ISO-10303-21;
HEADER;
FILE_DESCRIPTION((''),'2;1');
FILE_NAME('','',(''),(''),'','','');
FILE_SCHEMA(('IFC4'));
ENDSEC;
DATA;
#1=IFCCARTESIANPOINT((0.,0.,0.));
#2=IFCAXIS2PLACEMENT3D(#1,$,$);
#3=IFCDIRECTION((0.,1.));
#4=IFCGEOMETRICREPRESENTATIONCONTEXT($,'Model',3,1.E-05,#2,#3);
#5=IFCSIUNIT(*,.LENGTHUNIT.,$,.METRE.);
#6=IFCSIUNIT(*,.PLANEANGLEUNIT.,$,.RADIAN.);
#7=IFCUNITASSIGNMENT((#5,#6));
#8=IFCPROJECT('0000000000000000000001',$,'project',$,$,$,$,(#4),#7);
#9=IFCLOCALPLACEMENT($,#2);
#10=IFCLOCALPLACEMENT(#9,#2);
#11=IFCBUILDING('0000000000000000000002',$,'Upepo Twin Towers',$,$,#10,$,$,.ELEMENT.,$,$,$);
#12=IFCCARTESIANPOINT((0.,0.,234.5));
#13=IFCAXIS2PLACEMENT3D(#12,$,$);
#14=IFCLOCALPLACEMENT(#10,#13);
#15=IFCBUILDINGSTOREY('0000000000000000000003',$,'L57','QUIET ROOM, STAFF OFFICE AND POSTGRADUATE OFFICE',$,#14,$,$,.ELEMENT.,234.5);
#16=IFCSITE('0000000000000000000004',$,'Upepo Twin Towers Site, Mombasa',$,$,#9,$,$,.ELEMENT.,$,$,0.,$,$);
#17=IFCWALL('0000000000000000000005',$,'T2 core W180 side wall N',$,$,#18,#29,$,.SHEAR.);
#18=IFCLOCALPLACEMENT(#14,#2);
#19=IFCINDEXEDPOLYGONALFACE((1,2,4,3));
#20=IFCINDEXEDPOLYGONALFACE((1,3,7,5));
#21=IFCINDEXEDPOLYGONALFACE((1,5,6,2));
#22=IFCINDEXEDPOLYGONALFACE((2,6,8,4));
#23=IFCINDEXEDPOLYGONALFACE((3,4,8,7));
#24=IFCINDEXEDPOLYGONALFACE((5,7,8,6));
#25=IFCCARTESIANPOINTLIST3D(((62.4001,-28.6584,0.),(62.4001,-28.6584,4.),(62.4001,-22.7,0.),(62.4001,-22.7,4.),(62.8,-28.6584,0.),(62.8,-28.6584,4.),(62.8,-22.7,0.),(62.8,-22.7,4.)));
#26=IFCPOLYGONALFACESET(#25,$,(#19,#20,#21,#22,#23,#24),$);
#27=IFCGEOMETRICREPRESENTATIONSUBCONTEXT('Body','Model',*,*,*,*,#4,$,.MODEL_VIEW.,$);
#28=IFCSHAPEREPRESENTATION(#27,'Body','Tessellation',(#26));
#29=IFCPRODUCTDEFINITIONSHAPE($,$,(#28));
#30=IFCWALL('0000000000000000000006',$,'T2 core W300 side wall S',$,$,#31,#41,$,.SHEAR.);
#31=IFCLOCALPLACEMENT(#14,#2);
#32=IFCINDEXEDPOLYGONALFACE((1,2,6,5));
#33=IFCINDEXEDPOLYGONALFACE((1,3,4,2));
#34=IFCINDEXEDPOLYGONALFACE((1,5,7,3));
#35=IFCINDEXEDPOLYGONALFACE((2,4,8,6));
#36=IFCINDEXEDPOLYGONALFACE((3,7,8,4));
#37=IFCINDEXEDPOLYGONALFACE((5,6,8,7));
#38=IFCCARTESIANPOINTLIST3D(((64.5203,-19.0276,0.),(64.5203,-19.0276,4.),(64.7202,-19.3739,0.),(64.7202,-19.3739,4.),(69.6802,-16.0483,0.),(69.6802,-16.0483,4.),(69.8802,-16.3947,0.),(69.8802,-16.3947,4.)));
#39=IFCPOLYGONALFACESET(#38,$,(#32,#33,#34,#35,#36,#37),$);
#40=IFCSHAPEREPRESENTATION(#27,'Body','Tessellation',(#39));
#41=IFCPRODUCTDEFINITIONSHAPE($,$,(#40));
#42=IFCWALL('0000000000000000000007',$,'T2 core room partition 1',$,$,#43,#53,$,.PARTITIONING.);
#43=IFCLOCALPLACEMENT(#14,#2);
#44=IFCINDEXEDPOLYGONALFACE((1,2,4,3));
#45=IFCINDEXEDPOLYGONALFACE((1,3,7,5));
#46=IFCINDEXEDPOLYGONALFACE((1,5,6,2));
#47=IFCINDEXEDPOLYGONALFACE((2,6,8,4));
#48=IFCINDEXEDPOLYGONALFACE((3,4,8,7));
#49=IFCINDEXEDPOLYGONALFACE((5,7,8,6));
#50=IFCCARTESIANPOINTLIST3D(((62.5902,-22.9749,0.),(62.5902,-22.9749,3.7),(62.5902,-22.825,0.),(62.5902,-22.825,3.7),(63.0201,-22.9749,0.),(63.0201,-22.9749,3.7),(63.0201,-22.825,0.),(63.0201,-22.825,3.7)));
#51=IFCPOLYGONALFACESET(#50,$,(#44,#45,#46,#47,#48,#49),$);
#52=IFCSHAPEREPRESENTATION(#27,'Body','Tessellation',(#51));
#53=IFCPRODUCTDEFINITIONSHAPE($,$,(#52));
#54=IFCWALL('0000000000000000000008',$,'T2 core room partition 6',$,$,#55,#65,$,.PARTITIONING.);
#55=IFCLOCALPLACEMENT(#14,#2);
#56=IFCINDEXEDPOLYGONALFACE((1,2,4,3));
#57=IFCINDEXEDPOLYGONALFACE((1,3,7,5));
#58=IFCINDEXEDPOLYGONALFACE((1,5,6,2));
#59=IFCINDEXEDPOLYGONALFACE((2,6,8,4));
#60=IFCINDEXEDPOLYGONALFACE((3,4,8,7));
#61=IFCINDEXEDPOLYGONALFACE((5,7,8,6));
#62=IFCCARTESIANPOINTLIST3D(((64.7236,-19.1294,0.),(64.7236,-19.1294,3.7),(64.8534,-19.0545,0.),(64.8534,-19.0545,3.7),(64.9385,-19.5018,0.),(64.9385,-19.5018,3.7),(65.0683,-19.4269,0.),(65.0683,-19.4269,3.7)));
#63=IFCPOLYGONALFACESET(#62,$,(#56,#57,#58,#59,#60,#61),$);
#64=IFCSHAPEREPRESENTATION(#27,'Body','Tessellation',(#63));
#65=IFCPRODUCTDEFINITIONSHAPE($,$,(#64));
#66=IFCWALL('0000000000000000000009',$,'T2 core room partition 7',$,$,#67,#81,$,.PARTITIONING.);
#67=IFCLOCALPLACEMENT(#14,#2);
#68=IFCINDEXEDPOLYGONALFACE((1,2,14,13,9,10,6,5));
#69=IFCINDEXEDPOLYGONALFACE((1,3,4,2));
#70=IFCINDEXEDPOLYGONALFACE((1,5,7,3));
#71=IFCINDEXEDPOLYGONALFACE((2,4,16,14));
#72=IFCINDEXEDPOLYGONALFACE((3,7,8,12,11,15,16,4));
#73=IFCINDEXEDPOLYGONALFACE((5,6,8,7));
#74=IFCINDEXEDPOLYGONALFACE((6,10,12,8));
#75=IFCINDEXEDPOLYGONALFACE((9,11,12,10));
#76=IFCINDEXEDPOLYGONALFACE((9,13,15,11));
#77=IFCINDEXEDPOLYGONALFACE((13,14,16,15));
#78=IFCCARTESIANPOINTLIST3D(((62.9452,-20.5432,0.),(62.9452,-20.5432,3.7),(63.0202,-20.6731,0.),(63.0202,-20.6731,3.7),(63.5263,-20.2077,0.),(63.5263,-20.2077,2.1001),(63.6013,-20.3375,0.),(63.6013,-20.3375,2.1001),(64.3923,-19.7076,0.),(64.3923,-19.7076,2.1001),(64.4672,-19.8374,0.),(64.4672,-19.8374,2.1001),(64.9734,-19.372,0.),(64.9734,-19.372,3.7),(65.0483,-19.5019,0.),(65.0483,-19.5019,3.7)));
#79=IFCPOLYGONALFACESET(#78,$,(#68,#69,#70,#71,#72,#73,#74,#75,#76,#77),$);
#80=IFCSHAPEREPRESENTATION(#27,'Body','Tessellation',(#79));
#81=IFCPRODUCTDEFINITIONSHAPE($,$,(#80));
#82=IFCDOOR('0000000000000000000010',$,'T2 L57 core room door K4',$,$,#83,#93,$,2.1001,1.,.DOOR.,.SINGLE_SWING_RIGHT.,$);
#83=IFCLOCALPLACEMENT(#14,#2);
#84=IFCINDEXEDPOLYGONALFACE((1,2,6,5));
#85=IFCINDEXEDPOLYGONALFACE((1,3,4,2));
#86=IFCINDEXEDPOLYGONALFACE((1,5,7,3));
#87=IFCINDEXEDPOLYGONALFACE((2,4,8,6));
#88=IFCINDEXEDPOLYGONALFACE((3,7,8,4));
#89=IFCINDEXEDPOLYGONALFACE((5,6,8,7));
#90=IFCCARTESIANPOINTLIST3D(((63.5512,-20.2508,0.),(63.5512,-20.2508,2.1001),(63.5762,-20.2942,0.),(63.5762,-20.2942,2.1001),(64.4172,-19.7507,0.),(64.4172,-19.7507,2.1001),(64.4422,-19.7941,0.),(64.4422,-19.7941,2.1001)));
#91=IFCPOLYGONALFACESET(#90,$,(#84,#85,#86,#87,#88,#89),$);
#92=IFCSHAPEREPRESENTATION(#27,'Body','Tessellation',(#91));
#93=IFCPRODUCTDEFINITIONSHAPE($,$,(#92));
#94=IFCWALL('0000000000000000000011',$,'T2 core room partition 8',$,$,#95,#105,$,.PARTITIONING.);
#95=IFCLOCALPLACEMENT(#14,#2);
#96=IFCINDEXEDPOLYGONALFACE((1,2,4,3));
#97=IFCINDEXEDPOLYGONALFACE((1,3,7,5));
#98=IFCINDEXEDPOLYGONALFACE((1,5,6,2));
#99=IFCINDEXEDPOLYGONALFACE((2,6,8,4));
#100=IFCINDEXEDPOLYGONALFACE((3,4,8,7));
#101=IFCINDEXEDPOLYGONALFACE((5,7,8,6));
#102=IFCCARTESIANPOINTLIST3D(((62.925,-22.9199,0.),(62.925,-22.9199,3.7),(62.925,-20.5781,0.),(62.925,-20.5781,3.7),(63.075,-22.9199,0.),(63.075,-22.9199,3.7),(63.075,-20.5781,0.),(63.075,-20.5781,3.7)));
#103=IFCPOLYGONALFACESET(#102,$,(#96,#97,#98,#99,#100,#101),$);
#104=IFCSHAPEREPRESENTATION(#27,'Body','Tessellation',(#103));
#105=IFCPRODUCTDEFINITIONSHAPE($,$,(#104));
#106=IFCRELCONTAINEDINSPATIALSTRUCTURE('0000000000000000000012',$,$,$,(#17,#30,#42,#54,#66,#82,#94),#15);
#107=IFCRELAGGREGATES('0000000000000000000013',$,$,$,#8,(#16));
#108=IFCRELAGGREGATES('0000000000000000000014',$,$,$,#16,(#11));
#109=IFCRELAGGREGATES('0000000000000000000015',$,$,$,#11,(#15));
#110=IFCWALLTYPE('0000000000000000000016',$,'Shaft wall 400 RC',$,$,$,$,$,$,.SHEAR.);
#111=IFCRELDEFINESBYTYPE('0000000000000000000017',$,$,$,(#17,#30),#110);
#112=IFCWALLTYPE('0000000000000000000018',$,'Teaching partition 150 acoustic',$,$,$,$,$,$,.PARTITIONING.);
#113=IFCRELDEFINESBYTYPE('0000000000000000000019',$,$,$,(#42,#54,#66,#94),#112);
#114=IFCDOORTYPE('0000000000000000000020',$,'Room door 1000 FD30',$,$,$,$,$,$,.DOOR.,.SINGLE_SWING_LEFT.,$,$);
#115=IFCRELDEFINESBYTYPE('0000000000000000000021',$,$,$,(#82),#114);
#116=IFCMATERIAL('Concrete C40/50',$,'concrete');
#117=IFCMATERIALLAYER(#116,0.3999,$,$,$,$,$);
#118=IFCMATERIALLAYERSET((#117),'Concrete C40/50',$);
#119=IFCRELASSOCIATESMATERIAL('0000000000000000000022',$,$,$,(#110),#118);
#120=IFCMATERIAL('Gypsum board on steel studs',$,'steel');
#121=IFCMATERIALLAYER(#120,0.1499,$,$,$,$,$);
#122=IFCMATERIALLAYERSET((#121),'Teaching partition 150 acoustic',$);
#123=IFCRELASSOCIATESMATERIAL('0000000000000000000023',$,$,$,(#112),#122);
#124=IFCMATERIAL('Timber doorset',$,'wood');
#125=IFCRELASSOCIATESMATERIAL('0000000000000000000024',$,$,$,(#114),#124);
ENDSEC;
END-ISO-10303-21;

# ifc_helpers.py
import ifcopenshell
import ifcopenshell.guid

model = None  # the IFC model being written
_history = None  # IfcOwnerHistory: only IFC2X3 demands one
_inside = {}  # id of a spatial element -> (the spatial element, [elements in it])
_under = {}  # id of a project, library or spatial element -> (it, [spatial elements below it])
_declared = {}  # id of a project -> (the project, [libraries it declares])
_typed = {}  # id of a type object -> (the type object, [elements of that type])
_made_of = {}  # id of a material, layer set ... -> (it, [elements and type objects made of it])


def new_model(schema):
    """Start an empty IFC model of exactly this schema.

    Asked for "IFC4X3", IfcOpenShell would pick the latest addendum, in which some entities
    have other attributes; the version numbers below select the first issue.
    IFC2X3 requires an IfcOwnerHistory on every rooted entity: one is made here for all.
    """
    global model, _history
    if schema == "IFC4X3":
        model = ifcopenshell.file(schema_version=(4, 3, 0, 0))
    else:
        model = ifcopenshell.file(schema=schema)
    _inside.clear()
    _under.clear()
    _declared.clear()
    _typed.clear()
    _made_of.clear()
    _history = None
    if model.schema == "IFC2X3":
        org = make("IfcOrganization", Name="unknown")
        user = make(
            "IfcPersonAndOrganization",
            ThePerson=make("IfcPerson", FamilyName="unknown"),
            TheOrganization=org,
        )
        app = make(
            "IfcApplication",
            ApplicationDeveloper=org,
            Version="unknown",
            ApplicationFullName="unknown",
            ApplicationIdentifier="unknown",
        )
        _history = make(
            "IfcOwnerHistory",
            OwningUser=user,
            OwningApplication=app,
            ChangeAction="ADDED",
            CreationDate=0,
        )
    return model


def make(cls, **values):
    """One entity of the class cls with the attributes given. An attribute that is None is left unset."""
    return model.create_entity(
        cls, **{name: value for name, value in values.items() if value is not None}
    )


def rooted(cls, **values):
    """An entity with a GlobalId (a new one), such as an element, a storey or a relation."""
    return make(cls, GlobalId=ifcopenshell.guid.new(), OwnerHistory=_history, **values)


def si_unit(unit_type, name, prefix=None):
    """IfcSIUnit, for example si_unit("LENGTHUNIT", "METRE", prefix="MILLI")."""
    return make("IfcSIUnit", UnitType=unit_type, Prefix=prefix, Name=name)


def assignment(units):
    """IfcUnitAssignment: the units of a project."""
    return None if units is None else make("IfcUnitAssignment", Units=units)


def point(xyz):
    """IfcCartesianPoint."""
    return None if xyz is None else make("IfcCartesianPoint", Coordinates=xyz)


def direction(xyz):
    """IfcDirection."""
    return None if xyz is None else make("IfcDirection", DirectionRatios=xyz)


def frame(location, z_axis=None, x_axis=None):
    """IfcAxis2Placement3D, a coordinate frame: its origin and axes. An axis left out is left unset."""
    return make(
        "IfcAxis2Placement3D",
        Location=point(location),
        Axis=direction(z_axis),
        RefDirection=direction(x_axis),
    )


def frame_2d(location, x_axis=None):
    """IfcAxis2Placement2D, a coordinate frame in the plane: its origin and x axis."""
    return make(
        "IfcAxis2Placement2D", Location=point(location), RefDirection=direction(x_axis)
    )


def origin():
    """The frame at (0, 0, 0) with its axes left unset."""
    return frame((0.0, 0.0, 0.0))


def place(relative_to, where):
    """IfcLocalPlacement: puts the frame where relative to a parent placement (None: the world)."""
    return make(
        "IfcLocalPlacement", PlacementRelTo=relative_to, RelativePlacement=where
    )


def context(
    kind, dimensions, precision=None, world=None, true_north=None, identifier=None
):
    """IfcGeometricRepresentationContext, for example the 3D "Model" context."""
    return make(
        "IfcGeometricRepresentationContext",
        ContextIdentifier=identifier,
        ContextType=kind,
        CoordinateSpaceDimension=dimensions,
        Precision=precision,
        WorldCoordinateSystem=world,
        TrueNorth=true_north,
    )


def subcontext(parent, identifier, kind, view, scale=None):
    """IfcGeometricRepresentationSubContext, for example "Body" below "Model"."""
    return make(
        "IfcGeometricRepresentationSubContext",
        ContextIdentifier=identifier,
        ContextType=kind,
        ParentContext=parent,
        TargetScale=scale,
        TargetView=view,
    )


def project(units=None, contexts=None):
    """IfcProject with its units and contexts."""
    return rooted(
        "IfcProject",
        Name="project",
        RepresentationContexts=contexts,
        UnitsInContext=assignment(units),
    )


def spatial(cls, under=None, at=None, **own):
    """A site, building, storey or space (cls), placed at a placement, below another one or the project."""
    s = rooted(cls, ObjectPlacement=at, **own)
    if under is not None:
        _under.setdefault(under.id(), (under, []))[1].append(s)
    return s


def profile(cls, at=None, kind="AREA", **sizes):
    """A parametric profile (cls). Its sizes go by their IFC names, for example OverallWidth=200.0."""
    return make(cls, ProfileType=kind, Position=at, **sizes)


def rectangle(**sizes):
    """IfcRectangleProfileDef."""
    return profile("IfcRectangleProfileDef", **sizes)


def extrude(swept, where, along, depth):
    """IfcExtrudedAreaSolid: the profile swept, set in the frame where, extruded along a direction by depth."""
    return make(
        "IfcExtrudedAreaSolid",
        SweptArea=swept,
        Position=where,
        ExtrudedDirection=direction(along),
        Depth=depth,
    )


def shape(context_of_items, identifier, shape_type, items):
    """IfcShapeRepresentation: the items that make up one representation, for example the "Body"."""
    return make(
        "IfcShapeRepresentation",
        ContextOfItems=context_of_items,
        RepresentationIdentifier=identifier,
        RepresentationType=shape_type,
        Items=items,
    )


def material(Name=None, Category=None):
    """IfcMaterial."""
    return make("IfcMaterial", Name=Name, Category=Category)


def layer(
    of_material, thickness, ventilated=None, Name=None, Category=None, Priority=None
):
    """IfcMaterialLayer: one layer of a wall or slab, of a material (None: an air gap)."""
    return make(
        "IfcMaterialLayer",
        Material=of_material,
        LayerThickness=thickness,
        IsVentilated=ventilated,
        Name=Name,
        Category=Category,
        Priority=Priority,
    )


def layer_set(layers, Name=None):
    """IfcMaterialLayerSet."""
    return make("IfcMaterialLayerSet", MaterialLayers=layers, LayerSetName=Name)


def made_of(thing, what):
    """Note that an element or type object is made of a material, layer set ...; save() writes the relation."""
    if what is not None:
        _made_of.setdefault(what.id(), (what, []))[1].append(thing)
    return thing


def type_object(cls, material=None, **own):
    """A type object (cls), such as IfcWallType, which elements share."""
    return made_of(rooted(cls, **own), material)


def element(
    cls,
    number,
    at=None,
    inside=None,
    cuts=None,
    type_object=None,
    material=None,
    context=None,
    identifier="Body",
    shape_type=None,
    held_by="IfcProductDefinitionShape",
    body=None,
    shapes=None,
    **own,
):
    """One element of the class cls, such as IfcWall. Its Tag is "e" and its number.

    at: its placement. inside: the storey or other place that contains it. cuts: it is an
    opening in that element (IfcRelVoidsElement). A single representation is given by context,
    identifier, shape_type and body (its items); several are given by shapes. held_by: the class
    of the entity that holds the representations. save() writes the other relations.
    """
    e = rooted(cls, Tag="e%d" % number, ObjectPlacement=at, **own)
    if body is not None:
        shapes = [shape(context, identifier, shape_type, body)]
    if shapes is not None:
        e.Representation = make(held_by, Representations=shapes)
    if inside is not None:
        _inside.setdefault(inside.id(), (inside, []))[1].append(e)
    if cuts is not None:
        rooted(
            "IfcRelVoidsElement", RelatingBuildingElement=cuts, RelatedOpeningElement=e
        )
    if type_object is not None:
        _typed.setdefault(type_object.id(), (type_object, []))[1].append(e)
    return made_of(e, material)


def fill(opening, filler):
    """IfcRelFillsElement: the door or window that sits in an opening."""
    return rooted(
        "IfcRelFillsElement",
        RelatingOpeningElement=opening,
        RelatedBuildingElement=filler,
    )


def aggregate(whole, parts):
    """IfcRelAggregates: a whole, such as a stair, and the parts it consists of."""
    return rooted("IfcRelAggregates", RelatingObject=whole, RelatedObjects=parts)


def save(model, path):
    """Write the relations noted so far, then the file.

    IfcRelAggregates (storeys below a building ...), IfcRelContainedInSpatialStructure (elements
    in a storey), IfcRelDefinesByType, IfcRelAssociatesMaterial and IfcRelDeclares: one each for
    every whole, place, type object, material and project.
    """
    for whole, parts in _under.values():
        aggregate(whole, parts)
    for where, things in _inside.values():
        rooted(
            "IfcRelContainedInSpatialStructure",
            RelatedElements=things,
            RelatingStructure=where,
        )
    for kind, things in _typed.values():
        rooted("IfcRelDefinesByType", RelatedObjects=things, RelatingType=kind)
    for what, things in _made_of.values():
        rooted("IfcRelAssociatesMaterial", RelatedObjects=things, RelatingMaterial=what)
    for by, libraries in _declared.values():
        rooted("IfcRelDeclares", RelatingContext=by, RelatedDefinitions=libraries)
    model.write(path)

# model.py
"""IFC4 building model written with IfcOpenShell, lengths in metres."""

from ifc_helpers import new_model, si_unit, direction, frame, frame_2d, origin, place, context, subcontext, project, spatial, rectangle, extrude, material, layer, layer_set, type_object, element, fill, save


model = new_model("IFC4")

# Units and contexts
model_context = context("Model", 3, precision=1e-05, world=origin(), true_north=direction((0.0, 1.0)))
body_context = subcontext(model_context, "Body", "Model", "MODEL_VIEW")
ifc_project = project(units=[si_unit("LENGTHUNIT", "METRE"), si_unit("PLANEANGLEUNIT", "RADIAN")], contexts=[model_context])

# Site, building, storey
site_placement = place(None, origin())
site = spatial("IfcSite", under=ifc_project, at=site_placement, Name="Upepo Twin Towers Site, Mombasa", CompositionType="ELEMENT", RefElevation=0.0)
building_placement = place(site_placement, origin())
building = spatial("IfcBuilding", under=site, at=building_placement, Name="Upepo Twin Towers", CompositionType="ELEMENT")
storey_placement = place(building_placement, frame((0.0, 0.0, 234.5)))
storey = spatial("IfcBuildingStorey", under=building, at=storey_placement, Name="L57", Description="QUIET ROOM, STAFF OFFICE AND POSTGRADUATE OFFICE", CompositionType="ELEMENT", Elevation=234.5)

# Walls
ifc_material_1 = material(Name="Concrete C40/50", Category="concrete")
ifc_layer_1 = layer(ifc_material_1, 0.3999)
ifc_layer_set_1 = layer_set([ifc_layer_1], Name="Concrete C40/50")
wall_type_1 = type_object("IfcWallType", Name="Shaft wall 400 RC", PredefinedType="SHEAR", material=ifc_layer_set_1)
wall_1_placement = place(storey_placement, frame((62.6001, -22.7, 0.0), z_axis=(0.0, 0.0, 1.0), x_axis=(0.0, -1.0, 0.0)))
element("IfcWall", 1, at=wall_1_placement, inside=storey, type_object=wall_type_1, Name="T2 core W180 side wall N", PredefinedType="SHEAR", context=body_context, shape_type="SweptSolid", body=[
    extrude(rectangle(XDim=5.9585, YDim=0.3999, at=frame_2d((2.9792, 0.0))), origin(), (0.0, 0.0, 1.0), 4.0),
])
wall_2_placement = place(storey_placement, frame((64.6204, -19.2007, 0.0), z_axis=(0.0, 0.0, 1.0), x_axis=(0.866013, 0.500022, 0.0)))
element("IfcWall", 2, at=wall_2_placement, inside=storey, type_object=wall_type_1, Name="T2 core W300 side wall S", PredefinedType="SHEAR", context=body_context, shape_type="SweptSolid", body=[
    extrude(rectangle(XDim=5.9583, YDim=0.3999, at=frame_2d((2.979, 0.0))), origin(), (0.0, 0.0, 1.0), 4.0),
])
ifc_material_2 = material(Name="Gypsum board on steel studs", Category="steel")
ifc_layer_2 = layer(ifc_material_2, 0.1499)
ifc_layer_set_2 = layer_set([ifc_layer_2], Name="Teaching partition 150 acoustic")
wall_type_2 = type_object("IfcWallType", Name="Teaching partition 150 acoustic", PredefinedType="PARTITIONING", material=ifc_layer_set_2)
for number, where, z_axis, x_axis, name in (
    (3, (63.02, -22.8999, 0.0), (0.0, 0.0, 1.0), (-1.0, 0.0, 0.0), "T2 core room partition 1"),
    (4, (64.7886, -19.092, 0.0), (0.0, 0.0, 1.0), (0.499804, -0.866138, 0.0), "T2 core room partition 6"),
):
    element("IfcWall", number, at=place(storey_placement, frame(where, z_axis=z_axis, x_axis=x_axis)), inside=storey, type_object=wall_type_2, Name=name, PredefinedType="PARTITIONING", context=body_context, shape_type="SweptSolid", body=[
        extrude(rectangle(XDim=0.4299, YDim=0.1499, at=frame_2d((0.2148, 0.0))), origin(), (0.0, 0.0, 1.0), 3.7),
    ])

# Wall, opening, door
wall_3_placement = place(storey_placement, frame((65.0107, -19.437, 0.0), z_axis=(0.0, 0.0, 1.0), x_axis=(-0.865982, -0.500074, 0.0)))
wall_3 = element("IfcWall", 5, at=wall_3_placement, inside=storey, type_object=wall_type_2, Name="T2 core room partition 7", PredefinedType="PARTITIONING", context=body_context, shape_type="SweptSolid", body=[
    extrude(rectangle(XDim=2.342, YDim=0.1499, at=frame_2d((1.1709, 0.0))), origin(), (0.0, 0.0, 1.0), 3.7),
])
opening_1_placement = place(wall_3_placement, frame((0.6709, 0.0, 0.0)))
opening_1 = element("IfcOpeningElement", 6, at=opening_1_placement, cuts=wall_3, PredefinedType="OPENING", context=body_context, shape_type="SweptSolid", body=[
    extrude(rectangle(XDim=1.0, YDim=2.1001, at=frame_2d((0.5, 1.05))), frame((0.0, 0.085, 0.0), z_axis=(0.0, -1.0, 0.0), x_axis=(1.0, 0.0, 0.0)), (0.0, 0.0, 1.0), 0.1699),
])
ifc_material_3 = material(Name="Timber doorset", Category="wood")
door_type_1 = type_object("IfcDoorType", Name="Room door 1000 FD30", OperationType="SINGLE_SWING_LEFT", PredefinedType="DOOR", material=ifc_material_3)
door_1_placement = place(opening_1_placement, origin())
door_1 = element("IfcDoor", 7, at=door_1_placement, inside=storey, type_object=door_type_1, Name="T2 L57 core room door K4", OperationType="SINGLE_SWING_RIGHT", OverallHeight=2.1001, OverallWidth=1.0, PredefinedType="DOOR", context=body_context, shape_type="SweptSolid", body=[
    extrude(rectangle(XDim=1.0, YDim=2.1001, at=frame_2d((0.5, 1.05))), frame((0.0, 0.0249, 0.0), z_axis=(0.0, -1.0, 0.0), x_axis=(1.0, 0.0, 0.0)), (0.0, 0.0, 1.0), 0.05),
])
fill(opening_1, door_1)

# Wall
wall_4_placement = place(storey_placement, frame((63.0, -20.5781, 0.0), z_axis=(0.0, 0.0, 1.0), x_axis=(0.0, -1.0, 0.0)))
element("IfcWall", 8, at=wall_4_placement, inside=storey, type_object=wall_type_2, Name="T2 core room partition 8", PredefinedType="PARTITIONING", context=body_context, shape_type="SweptSolid", body=[
    extrude(rectangle(XDim=2.3418, YDim=0.1499, at=frame_2d((1.1709, 0.0))), origin(), (0.0, 0.0, 1.0), 3.7),
])

save(model, "model.ifc")
